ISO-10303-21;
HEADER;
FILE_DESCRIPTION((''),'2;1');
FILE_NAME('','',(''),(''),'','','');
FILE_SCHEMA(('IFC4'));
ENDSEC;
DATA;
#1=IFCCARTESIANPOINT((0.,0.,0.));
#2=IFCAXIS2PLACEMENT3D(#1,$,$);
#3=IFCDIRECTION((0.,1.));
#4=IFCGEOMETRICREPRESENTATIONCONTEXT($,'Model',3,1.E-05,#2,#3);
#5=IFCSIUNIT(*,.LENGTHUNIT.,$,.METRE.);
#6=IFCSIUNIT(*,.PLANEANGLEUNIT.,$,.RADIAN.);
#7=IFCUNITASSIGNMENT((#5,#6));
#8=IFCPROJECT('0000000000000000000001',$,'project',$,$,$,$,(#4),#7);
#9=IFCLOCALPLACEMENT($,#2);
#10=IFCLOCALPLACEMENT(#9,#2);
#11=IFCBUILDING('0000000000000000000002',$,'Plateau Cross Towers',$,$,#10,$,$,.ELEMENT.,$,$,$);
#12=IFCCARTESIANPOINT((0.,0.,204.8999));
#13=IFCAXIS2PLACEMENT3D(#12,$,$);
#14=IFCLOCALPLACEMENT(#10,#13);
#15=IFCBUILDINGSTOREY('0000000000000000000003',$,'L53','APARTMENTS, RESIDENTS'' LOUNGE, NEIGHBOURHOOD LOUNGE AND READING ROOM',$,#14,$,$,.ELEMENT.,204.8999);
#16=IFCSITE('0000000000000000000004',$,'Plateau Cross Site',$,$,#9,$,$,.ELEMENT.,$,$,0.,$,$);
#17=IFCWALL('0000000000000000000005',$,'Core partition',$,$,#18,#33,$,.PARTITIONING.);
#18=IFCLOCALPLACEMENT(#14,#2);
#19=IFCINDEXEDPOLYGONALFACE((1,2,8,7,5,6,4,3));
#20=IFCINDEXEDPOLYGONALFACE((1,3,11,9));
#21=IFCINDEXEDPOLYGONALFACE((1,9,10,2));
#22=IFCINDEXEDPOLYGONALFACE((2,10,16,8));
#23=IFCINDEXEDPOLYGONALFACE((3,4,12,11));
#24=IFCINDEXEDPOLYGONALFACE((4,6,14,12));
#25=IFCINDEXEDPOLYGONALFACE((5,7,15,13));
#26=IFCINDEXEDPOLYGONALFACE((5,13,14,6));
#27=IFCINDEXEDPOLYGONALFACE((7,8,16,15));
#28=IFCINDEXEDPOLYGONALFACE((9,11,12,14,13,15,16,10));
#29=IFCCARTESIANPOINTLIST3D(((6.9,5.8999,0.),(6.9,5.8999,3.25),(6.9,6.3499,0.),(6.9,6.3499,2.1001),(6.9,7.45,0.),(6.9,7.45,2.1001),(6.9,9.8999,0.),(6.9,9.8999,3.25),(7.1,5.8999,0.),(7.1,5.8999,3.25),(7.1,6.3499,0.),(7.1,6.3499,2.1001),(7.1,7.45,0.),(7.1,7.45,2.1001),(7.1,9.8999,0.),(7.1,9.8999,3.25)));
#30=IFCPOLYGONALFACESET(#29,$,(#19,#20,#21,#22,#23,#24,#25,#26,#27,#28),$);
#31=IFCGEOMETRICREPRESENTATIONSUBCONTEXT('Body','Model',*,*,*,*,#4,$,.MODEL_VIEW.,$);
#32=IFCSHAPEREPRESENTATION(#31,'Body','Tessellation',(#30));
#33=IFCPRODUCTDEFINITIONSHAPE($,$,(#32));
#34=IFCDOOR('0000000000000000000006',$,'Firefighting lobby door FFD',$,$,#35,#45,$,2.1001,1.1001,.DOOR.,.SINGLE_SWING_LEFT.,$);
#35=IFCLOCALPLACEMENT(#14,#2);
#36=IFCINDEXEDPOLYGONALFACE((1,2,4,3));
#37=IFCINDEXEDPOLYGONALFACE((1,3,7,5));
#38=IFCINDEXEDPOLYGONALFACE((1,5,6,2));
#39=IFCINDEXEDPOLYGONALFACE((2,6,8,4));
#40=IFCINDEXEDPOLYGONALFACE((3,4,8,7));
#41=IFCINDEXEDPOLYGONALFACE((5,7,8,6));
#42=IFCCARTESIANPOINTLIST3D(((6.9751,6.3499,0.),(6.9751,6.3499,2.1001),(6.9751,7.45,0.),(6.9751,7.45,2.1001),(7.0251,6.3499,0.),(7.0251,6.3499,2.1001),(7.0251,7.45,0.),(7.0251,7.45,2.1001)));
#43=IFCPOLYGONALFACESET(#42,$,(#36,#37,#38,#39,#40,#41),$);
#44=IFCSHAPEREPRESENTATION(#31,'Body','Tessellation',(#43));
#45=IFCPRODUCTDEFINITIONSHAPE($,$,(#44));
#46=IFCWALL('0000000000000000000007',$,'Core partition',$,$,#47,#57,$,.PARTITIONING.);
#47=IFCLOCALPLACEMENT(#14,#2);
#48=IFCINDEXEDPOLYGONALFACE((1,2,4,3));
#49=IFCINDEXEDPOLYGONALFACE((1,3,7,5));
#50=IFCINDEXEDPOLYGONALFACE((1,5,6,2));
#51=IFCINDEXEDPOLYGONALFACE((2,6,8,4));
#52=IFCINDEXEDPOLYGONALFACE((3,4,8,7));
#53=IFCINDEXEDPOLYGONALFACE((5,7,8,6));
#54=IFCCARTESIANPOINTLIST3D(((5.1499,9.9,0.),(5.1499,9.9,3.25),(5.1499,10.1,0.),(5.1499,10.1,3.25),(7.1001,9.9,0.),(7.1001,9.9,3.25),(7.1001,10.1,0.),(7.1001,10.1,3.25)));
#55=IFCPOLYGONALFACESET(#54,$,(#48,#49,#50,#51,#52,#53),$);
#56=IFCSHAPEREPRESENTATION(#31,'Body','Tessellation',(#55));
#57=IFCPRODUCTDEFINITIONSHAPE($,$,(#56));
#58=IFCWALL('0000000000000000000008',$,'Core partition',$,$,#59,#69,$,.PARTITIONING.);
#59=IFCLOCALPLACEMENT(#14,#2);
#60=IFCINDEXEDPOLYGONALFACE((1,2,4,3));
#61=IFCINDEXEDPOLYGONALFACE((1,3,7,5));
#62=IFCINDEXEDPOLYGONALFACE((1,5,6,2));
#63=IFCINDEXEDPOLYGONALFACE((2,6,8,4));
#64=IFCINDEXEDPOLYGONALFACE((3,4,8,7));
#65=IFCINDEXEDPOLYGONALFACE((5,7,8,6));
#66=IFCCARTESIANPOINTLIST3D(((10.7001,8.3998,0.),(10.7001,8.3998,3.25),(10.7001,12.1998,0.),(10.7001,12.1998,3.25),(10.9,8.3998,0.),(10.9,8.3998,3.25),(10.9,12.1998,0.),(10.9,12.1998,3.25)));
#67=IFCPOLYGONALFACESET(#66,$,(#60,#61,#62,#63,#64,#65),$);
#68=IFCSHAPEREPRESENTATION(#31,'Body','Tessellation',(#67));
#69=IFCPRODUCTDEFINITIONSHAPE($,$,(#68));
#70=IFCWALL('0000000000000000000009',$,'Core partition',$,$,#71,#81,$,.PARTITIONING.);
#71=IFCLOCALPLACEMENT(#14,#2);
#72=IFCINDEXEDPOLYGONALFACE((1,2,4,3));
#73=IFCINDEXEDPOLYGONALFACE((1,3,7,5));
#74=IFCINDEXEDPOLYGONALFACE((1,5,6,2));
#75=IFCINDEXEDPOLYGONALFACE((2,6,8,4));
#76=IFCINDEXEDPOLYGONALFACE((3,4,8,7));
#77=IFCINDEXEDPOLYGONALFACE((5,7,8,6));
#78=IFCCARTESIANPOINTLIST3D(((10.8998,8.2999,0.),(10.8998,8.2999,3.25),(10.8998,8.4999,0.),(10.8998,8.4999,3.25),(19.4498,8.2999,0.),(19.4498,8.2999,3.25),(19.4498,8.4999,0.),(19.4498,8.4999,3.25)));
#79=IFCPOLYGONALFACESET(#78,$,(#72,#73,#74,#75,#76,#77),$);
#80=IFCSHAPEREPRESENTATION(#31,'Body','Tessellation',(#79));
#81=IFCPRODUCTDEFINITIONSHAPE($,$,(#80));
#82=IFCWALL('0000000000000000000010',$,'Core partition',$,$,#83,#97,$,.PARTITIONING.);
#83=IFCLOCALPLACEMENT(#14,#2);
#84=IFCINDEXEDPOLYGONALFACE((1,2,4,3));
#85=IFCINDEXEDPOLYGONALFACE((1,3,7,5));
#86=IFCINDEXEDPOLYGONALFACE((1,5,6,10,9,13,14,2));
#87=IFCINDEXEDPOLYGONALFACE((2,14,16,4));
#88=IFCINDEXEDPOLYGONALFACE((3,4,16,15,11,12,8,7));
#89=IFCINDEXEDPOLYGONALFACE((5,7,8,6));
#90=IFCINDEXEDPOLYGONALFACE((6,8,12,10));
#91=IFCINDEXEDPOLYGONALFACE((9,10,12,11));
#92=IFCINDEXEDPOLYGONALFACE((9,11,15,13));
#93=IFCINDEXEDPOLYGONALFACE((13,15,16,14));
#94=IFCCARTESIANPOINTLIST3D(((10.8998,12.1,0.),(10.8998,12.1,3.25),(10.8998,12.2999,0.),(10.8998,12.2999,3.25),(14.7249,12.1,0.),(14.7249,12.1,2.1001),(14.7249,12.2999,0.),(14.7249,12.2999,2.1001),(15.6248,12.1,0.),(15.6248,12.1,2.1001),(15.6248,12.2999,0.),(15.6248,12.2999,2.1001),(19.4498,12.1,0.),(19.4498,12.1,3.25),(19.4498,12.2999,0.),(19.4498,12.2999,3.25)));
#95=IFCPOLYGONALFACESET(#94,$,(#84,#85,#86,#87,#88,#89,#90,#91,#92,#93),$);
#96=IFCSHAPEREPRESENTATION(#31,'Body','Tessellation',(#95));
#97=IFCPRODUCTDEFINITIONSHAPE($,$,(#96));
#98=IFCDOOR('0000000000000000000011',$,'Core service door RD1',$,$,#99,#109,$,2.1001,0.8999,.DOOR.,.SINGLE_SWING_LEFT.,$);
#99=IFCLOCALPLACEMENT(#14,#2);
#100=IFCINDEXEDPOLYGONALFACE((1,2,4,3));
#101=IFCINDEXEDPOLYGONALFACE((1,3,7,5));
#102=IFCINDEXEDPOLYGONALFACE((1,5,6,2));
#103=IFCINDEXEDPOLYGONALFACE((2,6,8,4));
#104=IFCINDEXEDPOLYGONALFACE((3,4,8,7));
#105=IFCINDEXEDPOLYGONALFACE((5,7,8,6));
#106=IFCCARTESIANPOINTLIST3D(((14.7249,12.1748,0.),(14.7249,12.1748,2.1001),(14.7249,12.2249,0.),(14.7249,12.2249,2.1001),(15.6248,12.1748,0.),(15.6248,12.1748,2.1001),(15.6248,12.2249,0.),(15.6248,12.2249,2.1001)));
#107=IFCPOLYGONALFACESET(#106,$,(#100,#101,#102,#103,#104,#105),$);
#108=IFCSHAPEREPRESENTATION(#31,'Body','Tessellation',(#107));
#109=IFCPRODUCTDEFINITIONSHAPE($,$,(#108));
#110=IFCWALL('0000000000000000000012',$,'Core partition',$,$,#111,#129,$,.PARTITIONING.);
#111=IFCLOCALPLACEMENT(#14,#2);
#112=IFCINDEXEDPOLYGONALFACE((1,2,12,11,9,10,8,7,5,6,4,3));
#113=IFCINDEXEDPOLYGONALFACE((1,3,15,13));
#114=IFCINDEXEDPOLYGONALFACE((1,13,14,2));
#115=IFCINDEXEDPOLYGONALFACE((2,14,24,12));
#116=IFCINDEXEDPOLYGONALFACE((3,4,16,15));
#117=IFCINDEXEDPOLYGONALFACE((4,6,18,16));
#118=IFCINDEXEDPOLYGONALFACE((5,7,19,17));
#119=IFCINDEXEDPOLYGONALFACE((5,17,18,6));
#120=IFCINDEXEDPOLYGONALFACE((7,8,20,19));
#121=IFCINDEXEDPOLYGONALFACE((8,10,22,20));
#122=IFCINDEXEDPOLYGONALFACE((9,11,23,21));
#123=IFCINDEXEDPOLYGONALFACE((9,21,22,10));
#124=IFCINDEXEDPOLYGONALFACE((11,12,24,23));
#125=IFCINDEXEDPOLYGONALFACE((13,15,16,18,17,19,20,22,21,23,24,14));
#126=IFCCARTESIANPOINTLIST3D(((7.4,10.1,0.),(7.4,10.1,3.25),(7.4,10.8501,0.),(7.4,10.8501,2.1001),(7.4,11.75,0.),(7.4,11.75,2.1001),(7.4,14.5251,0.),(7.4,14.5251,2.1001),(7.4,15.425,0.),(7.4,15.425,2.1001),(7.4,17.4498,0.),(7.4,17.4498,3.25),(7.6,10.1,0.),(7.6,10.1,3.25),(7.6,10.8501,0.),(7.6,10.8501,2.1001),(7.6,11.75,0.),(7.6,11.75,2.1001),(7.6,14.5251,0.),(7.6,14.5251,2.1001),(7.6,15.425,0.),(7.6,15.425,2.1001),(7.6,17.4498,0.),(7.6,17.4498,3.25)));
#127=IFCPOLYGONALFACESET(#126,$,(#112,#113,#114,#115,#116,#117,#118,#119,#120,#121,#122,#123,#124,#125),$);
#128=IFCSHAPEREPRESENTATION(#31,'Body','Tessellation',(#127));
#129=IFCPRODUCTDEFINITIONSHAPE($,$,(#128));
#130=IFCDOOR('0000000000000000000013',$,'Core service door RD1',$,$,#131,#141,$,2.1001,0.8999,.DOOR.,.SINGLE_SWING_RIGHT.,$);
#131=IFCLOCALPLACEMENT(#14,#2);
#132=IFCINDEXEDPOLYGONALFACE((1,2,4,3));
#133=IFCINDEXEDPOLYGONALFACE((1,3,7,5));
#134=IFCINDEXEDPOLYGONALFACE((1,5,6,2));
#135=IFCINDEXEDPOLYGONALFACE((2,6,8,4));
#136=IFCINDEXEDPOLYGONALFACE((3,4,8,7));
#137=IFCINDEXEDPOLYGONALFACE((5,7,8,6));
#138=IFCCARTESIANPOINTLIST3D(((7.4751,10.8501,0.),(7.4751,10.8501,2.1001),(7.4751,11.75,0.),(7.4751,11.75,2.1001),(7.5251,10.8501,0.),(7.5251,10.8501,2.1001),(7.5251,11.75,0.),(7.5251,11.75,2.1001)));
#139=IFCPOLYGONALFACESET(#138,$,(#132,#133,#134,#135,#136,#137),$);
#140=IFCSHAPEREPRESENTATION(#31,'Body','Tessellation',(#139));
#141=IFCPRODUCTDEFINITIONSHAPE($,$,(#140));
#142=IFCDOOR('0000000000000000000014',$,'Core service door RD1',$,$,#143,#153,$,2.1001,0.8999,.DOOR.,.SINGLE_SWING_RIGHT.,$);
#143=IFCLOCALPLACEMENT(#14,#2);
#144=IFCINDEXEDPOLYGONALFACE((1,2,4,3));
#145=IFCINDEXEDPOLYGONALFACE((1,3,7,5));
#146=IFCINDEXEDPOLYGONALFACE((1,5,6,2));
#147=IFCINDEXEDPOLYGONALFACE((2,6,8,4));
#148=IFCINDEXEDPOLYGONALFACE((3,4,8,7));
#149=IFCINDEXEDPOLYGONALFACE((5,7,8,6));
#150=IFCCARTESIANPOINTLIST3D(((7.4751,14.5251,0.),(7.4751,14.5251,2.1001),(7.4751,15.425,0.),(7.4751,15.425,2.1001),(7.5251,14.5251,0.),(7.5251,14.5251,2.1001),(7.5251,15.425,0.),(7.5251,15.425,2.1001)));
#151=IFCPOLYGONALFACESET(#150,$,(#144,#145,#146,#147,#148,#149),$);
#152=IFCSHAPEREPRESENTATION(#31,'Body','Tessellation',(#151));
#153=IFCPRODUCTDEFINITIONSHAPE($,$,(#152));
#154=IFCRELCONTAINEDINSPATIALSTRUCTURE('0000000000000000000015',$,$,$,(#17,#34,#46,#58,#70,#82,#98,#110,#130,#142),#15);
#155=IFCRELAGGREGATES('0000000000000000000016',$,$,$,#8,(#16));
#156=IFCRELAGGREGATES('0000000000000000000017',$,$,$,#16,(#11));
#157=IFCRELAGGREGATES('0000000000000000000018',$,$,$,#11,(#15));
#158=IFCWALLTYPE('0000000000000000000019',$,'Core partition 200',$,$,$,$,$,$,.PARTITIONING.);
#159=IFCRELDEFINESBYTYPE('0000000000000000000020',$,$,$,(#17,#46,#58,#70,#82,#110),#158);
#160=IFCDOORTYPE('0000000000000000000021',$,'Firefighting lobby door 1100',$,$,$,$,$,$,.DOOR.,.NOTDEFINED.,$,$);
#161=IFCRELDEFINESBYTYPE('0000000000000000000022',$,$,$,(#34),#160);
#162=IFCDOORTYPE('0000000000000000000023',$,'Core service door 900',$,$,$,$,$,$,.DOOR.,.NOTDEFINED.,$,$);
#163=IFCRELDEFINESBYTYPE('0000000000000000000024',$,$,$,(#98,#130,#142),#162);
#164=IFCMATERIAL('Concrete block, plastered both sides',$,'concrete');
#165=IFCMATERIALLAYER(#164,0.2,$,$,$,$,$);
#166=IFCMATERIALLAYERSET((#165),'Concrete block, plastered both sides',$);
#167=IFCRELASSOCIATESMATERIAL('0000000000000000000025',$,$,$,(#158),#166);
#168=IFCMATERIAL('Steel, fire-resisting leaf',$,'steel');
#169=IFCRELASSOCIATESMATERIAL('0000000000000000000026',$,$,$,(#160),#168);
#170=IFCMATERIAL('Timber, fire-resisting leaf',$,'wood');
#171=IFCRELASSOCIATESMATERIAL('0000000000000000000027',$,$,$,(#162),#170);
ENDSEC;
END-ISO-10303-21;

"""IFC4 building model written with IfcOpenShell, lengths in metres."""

from ifc_helpers import new_model, si_unit, direction, frame, frame_2d, origin, place, context, subcontext, project, spatial, rectangle, extrude, material, layer, layer_set, type_object, element, fill, save


model = new_model("IFC4")

# Units and contexts
model_context = context("Model", 3, precision=1e-05, world=origin(), true_north=direction((0.0, 1.0)))
body_context = subcontext(model_context, "Body", "Model", "MODEL_VIEW")
ifc_project = project(units=[si_unit("LENGTHUNIT", "METRE"), si_unit("PLANEANGLEUNIT", "RADIAN")], contexts=[model_context])

# Site, building, storey
site_placement = place(None, origin())
site = spatial("IfcSite", under=ifc_project, at=site_placement, Name="Plateau Cross Site", CompositionType="ELEMENT", RefElevation=0.0)
building_placement = place(site_placement, origin())
building = spatial("IfcBuilding", under=site, at=building_placement, Name="Plateau Cross Towers", CompositionType="ELEMENT")
storey_placement = place(building_placement, frame((0.0, 0.0, 204.8999)))
storey = spatial("IfcBuildingStorey", under=building, at=storey_placement, Name="L53", Description="APARTMENTS, RESIDENTS' LOUNGE, NEIGHBOURHOOD LOUNGE AND READING ROOM", CompositionType="ELEMENT", Elevation=204.8999)

# Wall, opening, door
ifc_material_1 = material(Name="Concrete block, plastered both sides", Category="concrete")
ifc_layer = layer(ifc_material_1, 0.2)
ifc_layer_set = layer_set([ifc_layer], Name="Concrete block, plastered both sides")
wall_type = type_object("IfcWallType", Name="Core partition 200", PredefinedType="PARTITIONING", material=ifc_layer_set)
wall_1_placement = place(storey_placement, frame((7.0, 5.8999, 0.0), z_axis=(0.0, 0.0, 1.0), x_axis=(0.0, 1.0, 0.0)))
wall_1 = element("IfcWall", 1, at=wall_1_placement, inside=storey, type_object=wall_type, Name="Core partition", PredefinedType="PARTITIONING", context=body_context, shape_type="SweptSolid", body=[
    extrude(rectangle(XDim=4.0, YDim=0.2, at=frame_2d((2.0, 0.0))), origin(), (0.0, 0.0, 1.0), 3.25),
])
opening_1_placement = place(wall_1_placement, frame((0.45, 0.0, 0.0)))
opening_1 = element("IfcOpeningElement", 2, at=opening_1_placement, cuts=wall_1, PredefinedType="OPENING", context=body_context, shape_type="SweptSolid", body=[
    extrude(rectangle(XDim=1.1001, YDim=2.1001, at=frame_2d((0.55, 1.05))), frame((0.0, 0.1099, 0.0), z_axis=(0.0, -1.0, 0.0), x_axis=(1.0, 0.0, 0.0)), (0.0, 0.0, 1.0), 0.22),
])
ifc_material_2 = material(Name="Steel, fire-resisting leaf", Category="steel")
door_type_1 = type_object("IfcDoorType", Name="Firefighting lobby door 1100", OperationType="NOTDEFINED", PredefinedType="DOOR", material=ifc_material_2)
door_1_placement = place(opening_1_placement, origin())
door_1 = element("IfcDoor", 3, at=door_1_placement, inside=storey, type_object=door_type_1, Name="Firefighting lobby door FFD", OperationType="SINGLE_SWING_LEFT", OverallHeight=2.1001, OverallWidth=1.1001, PredefinedType="DOOR", context=body_context, shape_type="SweptSolid", body=[
    extrude(rectangle(XDim=1.1001, YDim=2.1001, at=frame_2d((0.55, 1.05))), frame((0.0, 0.0249, 0.0), z_axis=(0.0, -1.0, 0.0), x_axis=(1.0, 0.0, 0.0)), (0.0, 0.0, 1.0), 0.05),
])
fill(opening_1, door_1)

# Walls
wall_2_placement = place(storey_placement, frame((5.1499, 10.0, 0.0), z_axis=(0.0, 0.0, 1.0), x_axis=(1.0, 0.0, 0.0)))
element("IfcWall", 4, at=wall_2_placement, inside=storey, type_object=wall_type, Name="Core partition", PredefinedType="PARTITIONING", context=body_context, shape_type="SweptSolid", body=[
    extrude(rectangle(XDim=1.9502, YDim=0.2, at=frame_2d((0.9751, 0.0))), origin(), (0.0, 0.0, 1.0), 3.25),
])
wall_3_placement = place(storey_placement, frame((10.8, 8.3999, 0.0), z_axis=(0.0, 0.0, 1.0), x_axis=(0.0, 1.0, 0.0)))
element("IfcWall", 5, at=wall_3_placement, inside=storey, type_object=wall_type, Name="Core partition", PredefinedType="PARTITIONING", context=body_context, shape_type="SweptSolid", body=[
    extrude(rectangle(XDim=3.8, YDim=0.2, at=frame_2d((1.8999, 0.0))), origin(), (0.0, 0.0, 1.0), 3.25),
])
wall_4_placement = place(storey_placement, frame((10.8999, 8.3999, 0.0), z_axis=(0.0, 0.0, 1.0), x_axis=(1.0, 0.0, 0.0)))
element("IfcWall", 6, at=wall_4_placement, inside=storey, type_object=wall_type, Name="Core partition", PredefinedType="PARTITIONING", context=body_context, shape_type="SweptSolid", body=[
    extrude(rectangle(XDim=8.55, YDim=0.2, at=frame_2d((4.2749, 0.0))), origin(), (0.0, 0.0, 1.0), 3.25),
])

# Wall, opening, door
wall_5_placement = place(storey_placement, frame((10.8999, 12.2, 0.0), z_axis=(0.0, 0.0, 1.0), x_axis=(1.0, 0.0, 0.0)))
wall_5 = element("IfcWall", 7, at=wall_5_placement, inside=storey, type_object=wall_type, Name="Core partition", PredefinedType="PARTITIONING", context=body_context, shape_type="SweptSolid", body=[
    extrude(rectangle(XDim=8.55, YDim=0.2, at=frame_2d((4.2749, 0.0))), origin(), (0.0, 0.0, 1.0), 3.25),
])
opening_2_placement = place(wall_5_placement, frame((3.825, 0.0, 0.0)))
opening_2 = element("IfcOpeningElement", 8, at=opening_2_placement, cuts=wall_5, PredefinedType="OPENING", context=body_context, shape_type="SweptSolid", body=[
    extrude(rectangle(XDim=0.8999, YDim=2.1001, at=frame_2d((0.45, 1.05))), frame((0.0, 0.1099, 0.0), z_axis=(0.0, -1.0, 0.0), x_axis=(1.0, 0.0, 0.0)), (0.0, 0.0, 1.0), 0.22),
])
ifc_material_3 = material(Name="Timber, fire-resisting leaf", Category="wood")
door_type_2 = type_object("IfcDoorType", Name="Core service door 900", OperationType="NOTDEFINED", PredefinedType="DOOR", material=ifc_material_3)
door_2_placement = place(opening_2_placement, origin())
door_2 = element("IfcDoor", 9, at=door_2_placement, inside=storey, type_object=door_type_2, Name="Core service door RD1", OperationType="SINGLE_SWING_LEFT", OverallHeight=2.1001, OverallWidth=0.8999, PredefinedType="DOOR", context=body_context, shape_type="SweptSolid", body=[
    extrude(rectangle(XDim=0.8999, YDim=2.1001, at=frame_2d((0.45, 1.05))), frame((0.0, 0.0249, 0.0), z_axis=(0.0, -1.0, 0.0), x_axis=(1.0, 0.0, 0.0)), (0.0, 0.0, 1.0), 0.05),
])
fill(opening_2, door_2)

# Wall, openings, doors
wall_6_placement = place(storey_placement, frame((7.5, 10.1001, 0.0), z_axis=(0.0, 0.0, 1.0), x_axis=(0.0, 1.0, 0.0)))
wall_6 = element("IfcWall", 10, at=wall_6_placement, inside=storey, type_object=wall_type, Name="Core partition", PredefinedType="PARTITIONING", context=body_context, shape_type="SweptSolid", body=[
    extrude(rectangle(XDim=7.3499, YDim=0.2, at=frame_2d((3.6748, 0.0))), origin(), (0.0, 0.0, 1.0), 3.25),
])
opening_3_placement = place(wall_6_placement, frame((0.75, 0.0, 0.0)))
opening_3 = element("IfcOpeningElement", 11, at=opening_3_placement, cuts=wall_6, PredefinedType="OPENING", context=body_context, shape_type="SweptSolid", body=[
    extrude(rectangle(XDim=0.8999, YDim=2.1001, at=frame_2d((0.45, 1.05))), frame((0.0, 0.1099, 0.0), z_axis=(0.0, -1.0, 0.0), x_axis=(1.0, 0.0, 0.0)), (0.0, 0.0, 1.0), 0.22),
])
opening_4_placement = place(wall_6_placement, frame((4.425, 0.0, 0.0)))
opening_4 = element("IfcOpeningElement", 12, at=opening_4_placement, cuts=wall_6, PredefinedType="OPENING", context=body_context, shape_type="SweptSolid", body=[
    extrude(rectangle(XDim=0.8999, YDim=2.1001, at=frame_2d((0.45, 1.05))), frame((0.0, 0.1099, 0.0), z_axis=(0.0, -1.0, 0.0), x_axis=(1.0, 0.0, 0.0)), (0.0, 0.0, 1.0), 0.22),
])
door_3_placement = place(opening_3_placement, origin())
door_3 = element("IfcDoor", 13, at=door_3_placement, inside=storey, type_object=door_type_2, Name="Core service door RD1", OperationType="SINGLE_SWING_RIGHT", OverallHeight=2.1001, OverallWidth=0.8999, PredefinedType="DOOR", context=body_context, shape_type="SweptSolid", body=[
    extrude(rectangle(XDim=0.8999, YDim=2.1001, at=frame_2d((0.45, 1.05))), frame((0.0, 0.0249, 0.0), z_axis=(0.0, -1.0, 0.0), x_axis=(1.0, 0.0, 0.0)), (0.0, 0.0, 1.0), 0.05),
])
fill(opening_3, door_3)
door_4_placement = place(opening_4_placement, origin())
door_4 = element("IfcDoor", 14, at=door_4_placement, inside=storey, type_object=door_type_2, Name="Core service door RD1", OperationType="SINGLE_SWING_RIGHT", OverallHeight=2.1001, OverallWidth=0.8999, PredefinedType="DOOR", context=body_context, shape_type="SweptSolid", body=[
    extrude(rectangle(XDim=0.8999, YDim=2.1001, at=frame_2d((0.45, 1.05))), frame((0.0, 0.0249, 0.0), z_axis=(0.0, -1.0, 0.0), x_axis=(1.0, 0.0, 0.0)), (0.0, 0.0, 1.0), 0.05),
])
fill(opening_4, door_4)

save(model, "model.ifc")
